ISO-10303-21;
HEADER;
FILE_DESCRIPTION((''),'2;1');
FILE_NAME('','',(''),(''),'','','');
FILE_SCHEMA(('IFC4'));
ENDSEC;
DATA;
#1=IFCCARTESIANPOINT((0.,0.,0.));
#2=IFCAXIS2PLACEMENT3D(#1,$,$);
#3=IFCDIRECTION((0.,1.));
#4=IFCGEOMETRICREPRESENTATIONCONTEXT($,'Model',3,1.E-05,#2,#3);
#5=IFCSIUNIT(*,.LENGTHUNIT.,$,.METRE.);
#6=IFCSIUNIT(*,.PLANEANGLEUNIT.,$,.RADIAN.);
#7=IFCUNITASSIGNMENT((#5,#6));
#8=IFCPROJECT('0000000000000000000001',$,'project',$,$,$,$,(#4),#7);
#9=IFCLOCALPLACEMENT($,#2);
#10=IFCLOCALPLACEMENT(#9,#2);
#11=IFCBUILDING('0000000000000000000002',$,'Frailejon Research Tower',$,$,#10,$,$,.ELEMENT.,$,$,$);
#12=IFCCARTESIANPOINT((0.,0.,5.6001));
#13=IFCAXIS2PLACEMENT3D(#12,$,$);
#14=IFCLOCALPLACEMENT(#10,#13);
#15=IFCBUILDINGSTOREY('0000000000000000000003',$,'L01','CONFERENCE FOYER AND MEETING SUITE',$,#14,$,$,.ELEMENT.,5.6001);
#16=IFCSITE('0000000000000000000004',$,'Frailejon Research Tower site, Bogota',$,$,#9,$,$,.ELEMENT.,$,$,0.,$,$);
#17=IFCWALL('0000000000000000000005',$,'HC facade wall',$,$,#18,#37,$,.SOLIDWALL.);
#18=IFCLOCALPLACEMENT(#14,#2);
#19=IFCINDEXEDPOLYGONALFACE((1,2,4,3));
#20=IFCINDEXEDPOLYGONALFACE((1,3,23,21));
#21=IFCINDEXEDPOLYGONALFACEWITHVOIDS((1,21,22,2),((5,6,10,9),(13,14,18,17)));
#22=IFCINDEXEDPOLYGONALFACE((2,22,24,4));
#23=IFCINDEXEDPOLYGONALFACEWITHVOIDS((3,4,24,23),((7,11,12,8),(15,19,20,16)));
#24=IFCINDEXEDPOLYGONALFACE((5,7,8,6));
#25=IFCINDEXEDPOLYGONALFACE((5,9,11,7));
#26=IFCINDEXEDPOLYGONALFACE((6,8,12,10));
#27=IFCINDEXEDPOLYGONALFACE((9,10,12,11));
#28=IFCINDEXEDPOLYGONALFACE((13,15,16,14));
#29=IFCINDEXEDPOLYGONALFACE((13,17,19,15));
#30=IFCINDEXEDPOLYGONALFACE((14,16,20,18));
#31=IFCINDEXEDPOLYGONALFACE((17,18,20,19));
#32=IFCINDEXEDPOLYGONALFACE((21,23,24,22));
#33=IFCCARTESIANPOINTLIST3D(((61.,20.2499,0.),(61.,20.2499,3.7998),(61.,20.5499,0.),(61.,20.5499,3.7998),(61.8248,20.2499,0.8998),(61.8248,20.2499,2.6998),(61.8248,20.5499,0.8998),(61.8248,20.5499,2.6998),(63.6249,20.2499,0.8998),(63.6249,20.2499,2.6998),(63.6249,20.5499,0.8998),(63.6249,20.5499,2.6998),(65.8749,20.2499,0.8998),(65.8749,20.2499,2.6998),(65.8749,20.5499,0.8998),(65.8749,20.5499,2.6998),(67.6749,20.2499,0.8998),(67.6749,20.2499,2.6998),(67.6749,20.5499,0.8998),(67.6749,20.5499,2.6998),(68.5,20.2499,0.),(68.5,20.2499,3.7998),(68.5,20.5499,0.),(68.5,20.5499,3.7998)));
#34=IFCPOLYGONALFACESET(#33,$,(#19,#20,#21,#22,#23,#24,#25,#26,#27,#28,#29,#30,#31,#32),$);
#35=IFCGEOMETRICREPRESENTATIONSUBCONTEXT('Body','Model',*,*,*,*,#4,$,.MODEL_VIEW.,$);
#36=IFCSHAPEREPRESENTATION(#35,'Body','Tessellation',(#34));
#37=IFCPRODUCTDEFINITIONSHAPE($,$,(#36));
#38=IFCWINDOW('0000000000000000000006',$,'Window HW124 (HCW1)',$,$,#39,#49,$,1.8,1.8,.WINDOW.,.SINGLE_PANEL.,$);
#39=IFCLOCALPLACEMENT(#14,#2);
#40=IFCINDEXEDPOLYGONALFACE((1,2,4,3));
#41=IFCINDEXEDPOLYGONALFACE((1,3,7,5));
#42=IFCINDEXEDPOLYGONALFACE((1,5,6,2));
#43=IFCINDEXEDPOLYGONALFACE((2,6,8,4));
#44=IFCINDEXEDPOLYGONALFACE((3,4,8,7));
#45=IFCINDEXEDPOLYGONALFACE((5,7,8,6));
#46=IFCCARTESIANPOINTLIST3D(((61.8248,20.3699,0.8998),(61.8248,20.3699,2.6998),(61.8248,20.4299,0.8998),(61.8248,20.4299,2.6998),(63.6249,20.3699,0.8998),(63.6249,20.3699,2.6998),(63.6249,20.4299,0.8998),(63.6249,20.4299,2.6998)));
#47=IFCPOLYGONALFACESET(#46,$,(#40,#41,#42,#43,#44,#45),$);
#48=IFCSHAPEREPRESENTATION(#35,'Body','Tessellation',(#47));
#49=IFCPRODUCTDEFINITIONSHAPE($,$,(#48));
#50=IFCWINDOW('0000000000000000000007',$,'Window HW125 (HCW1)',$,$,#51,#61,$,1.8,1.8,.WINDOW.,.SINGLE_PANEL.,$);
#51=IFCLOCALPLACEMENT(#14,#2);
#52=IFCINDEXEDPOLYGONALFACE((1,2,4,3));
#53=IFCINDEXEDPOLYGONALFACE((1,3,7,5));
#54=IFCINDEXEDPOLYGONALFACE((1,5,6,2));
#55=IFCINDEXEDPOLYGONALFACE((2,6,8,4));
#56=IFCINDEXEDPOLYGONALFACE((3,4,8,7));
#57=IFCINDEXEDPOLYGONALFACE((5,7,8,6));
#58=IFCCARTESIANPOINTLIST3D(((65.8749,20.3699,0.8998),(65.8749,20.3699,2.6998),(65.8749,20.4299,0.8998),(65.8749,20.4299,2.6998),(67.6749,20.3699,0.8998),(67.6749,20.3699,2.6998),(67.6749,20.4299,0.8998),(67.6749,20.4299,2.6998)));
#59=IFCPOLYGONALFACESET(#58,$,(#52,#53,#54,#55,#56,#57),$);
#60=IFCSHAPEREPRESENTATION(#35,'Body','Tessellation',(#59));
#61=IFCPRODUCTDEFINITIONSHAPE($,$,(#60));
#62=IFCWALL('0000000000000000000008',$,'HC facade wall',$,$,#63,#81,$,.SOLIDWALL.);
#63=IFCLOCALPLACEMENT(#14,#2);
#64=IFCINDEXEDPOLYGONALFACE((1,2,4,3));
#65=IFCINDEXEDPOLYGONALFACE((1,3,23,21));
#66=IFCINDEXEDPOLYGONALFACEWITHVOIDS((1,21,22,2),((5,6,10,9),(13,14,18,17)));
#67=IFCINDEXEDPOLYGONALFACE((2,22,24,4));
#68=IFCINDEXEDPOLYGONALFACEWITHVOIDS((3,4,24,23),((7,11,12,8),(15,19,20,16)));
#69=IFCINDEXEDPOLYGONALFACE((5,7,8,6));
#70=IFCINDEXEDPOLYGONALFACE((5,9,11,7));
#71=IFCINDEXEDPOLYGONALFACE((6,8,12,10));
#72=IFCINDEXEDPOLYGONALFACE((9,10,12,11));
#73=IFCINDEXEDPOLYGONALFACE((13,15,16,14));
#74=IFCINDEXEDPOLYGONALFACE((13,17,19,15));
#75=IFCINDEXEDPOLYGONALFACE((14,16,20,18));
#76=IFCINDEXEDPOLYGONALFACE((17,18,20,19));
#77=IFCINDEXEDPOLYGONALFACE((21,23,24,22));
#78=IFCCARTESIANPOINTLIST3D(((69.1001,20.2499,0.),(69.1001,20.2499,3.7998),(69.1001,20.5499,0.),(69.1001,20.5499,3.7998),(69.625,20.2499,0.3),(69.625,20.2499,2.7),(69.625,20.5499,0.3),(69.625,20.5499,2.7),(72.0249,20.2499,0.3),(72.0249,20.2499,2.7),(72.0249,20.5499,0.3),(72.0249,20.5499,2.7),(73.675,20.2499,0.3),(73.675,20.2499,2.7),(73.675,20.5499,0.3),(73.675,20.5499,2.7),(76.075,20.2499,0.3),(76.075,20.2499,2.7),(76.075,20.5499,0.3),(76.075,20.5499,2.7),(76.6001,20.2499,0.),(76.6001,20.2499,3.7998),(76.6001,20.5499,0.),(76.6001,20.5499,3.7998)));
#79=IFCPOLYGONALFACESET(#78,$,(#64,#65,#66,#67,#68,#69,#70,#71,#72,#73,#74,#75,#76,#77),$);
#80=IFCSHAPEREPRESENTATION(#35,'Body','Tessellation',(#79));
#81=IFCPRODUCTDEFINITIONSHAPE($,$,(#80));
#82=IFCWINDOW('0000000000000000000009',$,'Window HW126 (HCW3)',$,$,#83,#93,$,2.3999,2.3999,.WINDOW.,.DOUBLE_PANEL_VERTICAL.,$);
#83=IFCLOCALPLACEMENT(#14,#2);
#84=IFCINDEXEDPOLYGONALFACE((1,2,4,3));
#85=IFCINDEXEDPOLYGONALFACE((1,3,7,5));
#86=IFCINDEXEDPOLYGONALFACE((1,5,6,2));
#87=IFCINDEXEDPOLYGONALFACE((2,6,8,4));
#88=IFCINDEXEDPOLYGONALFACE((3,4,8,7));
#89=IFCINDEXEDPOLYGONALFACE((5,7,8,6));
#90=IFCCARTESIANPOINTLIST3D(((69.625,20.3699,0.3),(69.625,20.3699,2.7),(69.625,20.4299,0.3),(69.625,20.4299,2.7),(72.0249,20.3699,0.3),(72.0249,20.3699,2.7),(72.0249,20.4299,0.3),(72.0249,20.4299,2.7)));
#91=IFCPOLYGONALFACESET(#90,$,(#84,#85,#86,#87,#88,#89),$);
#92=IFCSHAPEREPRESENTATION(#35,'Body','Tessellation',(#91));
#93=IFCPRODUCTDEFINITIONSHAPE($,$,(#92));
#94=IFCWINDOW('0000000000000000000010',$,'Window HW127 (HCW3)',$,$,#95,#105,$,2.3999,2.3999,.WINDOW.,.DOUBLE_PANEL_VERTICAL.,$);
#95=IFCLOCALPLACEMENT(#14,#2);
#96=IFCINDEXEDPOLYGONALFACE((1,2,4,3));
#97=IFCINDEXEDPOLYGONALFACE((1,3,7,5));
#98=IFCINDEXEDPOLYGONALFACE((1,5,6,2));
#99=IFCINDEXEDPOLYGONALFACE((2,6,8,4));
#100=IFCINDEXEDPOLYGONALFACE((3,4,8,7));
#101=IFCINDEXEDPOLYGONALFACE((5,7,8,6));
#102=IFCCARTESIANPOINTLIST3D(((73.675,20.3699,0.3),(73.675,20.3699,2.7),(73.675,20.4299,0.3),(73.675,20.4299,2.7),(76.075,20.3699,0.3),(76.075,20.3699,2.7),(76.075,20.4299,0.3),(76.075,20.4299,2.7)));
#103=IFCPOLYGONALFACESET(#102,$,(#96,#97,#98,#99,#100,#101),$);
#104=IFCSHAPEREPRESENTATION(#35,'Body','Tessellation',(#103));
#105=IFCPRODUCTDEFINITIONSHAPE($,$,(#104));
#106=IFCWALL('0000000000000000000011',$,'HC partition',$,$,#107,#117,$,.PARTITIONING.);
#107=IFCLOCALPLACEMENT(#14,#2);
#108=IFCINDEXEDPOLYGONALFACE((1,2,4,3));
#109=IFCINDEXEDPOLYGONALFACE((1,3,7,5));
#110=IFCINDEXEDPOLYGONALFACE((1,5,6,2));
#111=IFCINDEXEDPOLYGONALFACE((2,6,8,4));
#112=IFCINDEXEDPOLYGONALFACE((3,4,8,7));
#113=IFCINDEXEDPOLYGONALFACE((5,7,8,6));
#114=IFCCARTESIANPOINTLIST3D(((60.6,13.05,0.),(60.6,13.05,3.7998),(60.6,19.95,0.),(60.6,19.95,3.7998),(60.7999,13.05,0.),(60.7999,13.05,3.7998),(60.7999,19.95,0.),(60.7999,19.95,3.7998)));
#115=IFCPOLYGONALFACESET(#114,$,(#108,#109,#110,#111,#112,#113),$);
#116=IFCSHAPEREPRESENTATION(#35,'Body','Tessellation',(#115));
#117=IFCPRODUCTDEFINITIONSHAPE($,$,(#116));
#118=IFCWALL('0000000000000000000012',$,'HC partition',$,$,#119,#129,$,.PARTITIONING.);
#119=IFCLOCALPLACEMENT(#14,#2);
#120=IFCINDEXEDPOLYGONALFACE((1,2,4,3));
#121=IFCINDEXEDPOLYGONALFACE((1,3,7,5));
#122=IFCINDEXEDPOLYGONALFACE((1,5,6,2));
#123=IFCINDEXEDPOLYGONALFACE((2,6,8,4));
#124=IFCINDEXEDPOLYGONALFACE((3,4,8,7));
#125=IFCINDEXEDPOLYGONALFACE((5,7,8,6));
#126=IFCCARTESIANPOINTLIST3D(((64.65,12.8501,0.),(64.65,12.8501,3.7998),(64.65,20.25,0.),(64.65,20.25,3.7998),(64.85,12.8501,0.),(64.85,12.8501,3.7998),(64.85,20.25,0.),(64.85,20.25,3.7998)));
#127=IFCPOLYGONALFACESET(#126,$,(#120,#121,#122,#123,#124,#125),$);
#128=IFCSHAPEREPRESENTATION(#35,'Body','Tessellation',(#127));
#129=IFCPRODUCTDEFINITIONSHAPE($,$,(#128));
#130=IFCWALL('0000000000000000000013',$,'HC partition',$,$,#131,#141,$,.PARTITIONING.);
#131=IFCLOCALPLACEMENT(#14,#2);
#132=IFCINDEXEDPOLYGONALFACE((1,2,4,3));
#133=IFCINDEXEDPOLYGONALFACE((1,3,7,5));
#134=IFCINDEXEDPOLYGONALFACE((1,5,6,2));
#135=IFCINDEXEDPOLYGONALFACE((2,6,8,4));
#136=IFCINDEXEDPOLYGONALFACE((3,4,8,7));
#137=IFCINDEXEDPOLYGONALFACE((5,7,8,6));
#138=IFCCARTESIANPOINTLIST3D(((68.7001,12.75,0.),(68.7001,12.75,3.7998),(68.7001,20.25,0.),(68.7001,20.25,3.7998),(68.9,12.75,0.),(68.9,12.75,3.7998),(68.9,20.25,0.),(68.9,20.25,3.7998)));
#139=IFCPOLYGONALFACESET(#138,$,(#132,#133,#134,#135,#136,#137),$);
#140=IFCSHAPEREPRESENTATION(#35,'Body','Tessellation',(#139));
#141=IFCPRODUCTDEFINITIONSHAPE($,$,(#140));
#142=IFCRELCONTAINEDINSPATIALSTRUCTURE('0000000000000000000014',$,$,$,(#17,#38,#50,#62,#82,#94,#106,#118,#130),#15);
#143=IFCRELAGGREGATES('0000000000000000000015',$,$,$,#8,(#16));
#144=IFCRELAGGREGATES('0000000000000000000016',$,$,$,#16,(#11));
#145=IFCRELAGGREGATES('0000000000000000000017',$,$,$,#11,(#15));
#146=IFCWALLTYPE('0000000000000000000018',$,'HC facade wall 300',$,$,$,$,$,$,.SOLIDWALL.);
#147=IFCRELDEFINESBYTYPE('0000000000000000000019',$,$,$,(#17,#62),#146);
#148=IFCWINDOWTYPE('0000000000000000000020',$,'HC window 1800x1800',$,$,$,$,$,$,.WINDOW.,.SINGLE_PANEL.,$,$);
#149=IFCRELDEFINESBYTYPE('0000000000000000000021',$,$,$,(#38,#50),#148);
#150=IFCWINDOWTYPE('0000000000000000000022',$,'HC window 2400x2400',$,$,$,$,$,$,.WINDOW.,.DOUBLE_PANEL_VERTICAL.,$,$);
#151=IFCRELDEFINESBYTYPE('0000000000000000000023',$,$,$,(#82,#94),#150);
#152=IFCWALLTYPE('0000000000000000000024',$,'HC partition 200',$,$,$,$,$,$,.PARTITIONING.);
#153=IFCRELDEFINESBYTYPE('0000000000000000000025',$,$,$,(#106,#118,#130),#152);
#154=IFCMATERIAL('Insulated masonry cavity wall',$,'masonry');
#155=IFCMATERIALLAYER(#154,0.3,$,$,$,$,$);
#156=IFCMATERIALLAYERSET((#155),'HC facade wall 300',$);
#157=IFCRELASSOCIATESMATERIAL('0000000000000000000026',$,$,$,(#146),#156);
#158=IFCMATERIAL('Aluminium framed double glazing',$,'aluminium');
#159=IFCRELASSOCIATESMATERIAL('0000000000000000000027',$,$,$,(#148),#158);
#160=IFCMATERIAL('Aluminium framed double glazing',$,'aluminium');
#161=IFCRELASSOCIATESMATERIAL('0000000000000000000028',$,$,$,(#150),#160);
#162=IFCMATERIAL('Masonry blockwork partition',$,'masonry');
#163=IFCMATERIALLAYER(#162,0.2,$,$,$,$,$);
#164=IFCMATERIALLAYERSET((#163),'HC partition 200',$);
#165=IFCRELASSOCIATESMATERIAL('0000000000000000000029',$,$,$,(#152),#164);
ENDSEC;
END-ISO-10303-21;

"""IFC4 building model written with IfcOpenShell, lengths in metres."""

from ifc_helpers import new_model, si_unit, direction, frame, frame_2d, origin, place, context, subcontext, project, spatial, rectangle, extrude, material, layer, layer_set, type_object, element, fill, save


model = new_model("IFC4")

# Units and contexts
model_context = context("Model", 3, precision=1e-05, world=origin(), true_north=direction((0.0, 1.0)))
body_context = subcontext(model_context, "Body", "Model", "MODEL_VIEW")
ifc_project = project(units=[si_unit("LENGTHUNIT", "METRE"), si_unit("PLANEANGLEUNIT", "RADIAN")], contexts=[model_context])

# Site, building, storey
site_placement = place(None, origin())
site = spatial("IfcSite", under=ifc_project, at=site_placement, Name="Frailejon Research Tower site, Bogota", CompositionType="ELEMENT", RefElevation=0.0)
building_placement = place(site_placement, origin())
building = spatial("IfcBuilding", under=site, at=building_placement, Name="Frailejon Research Tower", CompositionType="ELEMENT")
storey_placement = place(building_placement, frame((0.0, 0.0, 5.6001)))
storey = spatial("IfcBuildingStorey", under=building, at=storey_placement, Name="L01", Description="CONFERENCE FOYER AND MEETING SUITE", CompositionType="ELEMENT", Elevation=5.6001)

# Walls, openings, windows
ifc_material_1 = material(Name="Insulated masonry cavity wall", Category="masonry")
ifc_layer_1 = layer(ifc_material_1, 0.3)
ifc_layer_set_1 = layer_set([ifc_layer_1], Name="HC facade wall 300")
wall_type_1 = type_object("IfcWallType", Name="HC facade wall 300", PredefinedType="SOLIDWALL", material=ifc_layer_set_1)
wall_1_placement = place(storey_placement, frame((61.0, 20.3999, 0.0), z_axis=(0.0, 0.0, 1.0), x_axis=(1.0, 0.0, 0.0)))
wall_1 = element("IfcWall", 1, at=wall_1_placement, inside=storey, type_object=wall_type_1, Name="HC facade wall", PredefinedType="SOLIDWALL", context=body_context, shape_type="SweptSolid", body=[
    extrude(rectangle(XDim=7.5, YDim=0.3, at=frame_2d((3.75, 0.0))), origin(), (0.0, 0.0, 1.0), 3.7998),
])
opening_1_placement = place(wall_1_placement, frame((0.825, 0.0, 0.8999)))
opening_1 = element("IfcOpeningElement", 2, at=opening_1_placement, cuts=wall_1, PredefinedType="OPENING", context=body_context, shape_type="SweptSolid", body=[
    extrude(rectangle(XDim=1.8, YDim=1.8, at=frame_2d((0.8999, 0.8999))), frame((0.0, 0.1599, 0.0), z_axis=(0.0, -1.0, 0.0), x_axis=(1.0, 0.0, 0.0)), (0.0, 0.0, 1.0), 0.3201),
])
opening_2_placement = place(wall_1_placement, frame((4.875, 0.0, 0.8999)))
opening_2 = element("IfcOpeningElement", 3, at=opening_2_placement, cuts=wall_1, PredefinedType="OPENING", context=body_context, shape_type="SweptSolid", body=[
    extrude(rectangle(XDim=1.8, YDim=1.8, at=frame_2d((0.8999, 0.8999))), frame((0.0, 0.1599, 0.0), z_axis=(0.0, -1.0, 0.0), x_axis=(1.0, 0.0, 0.0)), (0.0, 0.0, 1.0), 0.3201),
])
ifc_material_2 = material(Name="Aluminium framed double glazing", Category="aluminium")
window_type_1 = type_object("IfcWindowType", Name="HC window 1800x1800", PartitioningType="SINGLE_PANEL", PredefinedType="WINDOW", material=ifc_material_2)
window_1_placement = place(opening_1_placement, origin())
window_1 = element("IfcWindow", 4, at=window_1_placement, inside=storey, type_object=window_type_1, Name="Window HW124 (HCW1)", OverallHeight=1.8, OverallWidth=1.8, PartitioningType="SINGLE_PANEL", PredefinedType="WINDOW", context=body_context, shape_type="SweptSolid", body=[
    extrude(rectangle(XDim=1.8, YDim=1.8, at=frame_2d((0.8999, 0.8999))), frame((0.0, 0.03, 0.0), z_axis=(0.0, -1.0, 0.0), x_axis=(1.0, 0.0, 0.0)), (0.0, 0.0, 1.0), 0.0601),
])
fill(opening_1, window_1)
window_2_placement = place(opening_2_placement, origin())
window_2 = element("IfcWindow", 5, at=window_2_placement, inside=storey, type_object=window_type_1, Name="Window HW125 (HCW1)", OverallHeight=1.8, OverallWidth=1.8, PartitioningType="SINGLE_PANEL", PredefinedType="WINDOW", context=body_context, shape_type="SweptSolid", body=[
    extrude(rectangle(XDim=1.8, YDim=1.8, at=frame_2d((0.8999, 0.8999))), frame((0.0, 0.03, 0.0), z_axis=(0.0, -1.0, 0.0), x_axis=(1.0, 0.0, 0.0)), (0.0, 0.0, 1.0), 0.0601),
])
fill(opening_2, window_2)
wall_2_placement = place(storey_placement, frame((69.1001, 20.3999, 0.0), z_axis=(0.0, 0.0, 1.0), x_axis=(1.0, 0.0, 0.0)))
wall_2 = element("IfcWall", 6, at=wall_2_placement, inside=storey, type_object=wall_type_1, Name="HC facade wall", PredefinedType="SOLIDWALL", context=body_context, shape_type="SweptSolid", body=[
    extrude(rectangle(XDim=7.5, YDim=0.3, at=frame_2d((3.75, 0.0))), origin(), (0.0, 0.0, 1.0), 3.7998),
])
opening_3_placement = place(wall_2_placement, frame((0.5249, 0.0, 0.3)))
opening_3 = element("IfcOpeningElement", 7, at=opening_3_placement, cuts=wall_2, PredefinedType="OPENING", context=body_context, shape_type="SweptSolid", body=[
    extrude(rectangle(XDim=2.3999, YDim=2.3999, at=frame_2d((1.2, 1.2))), frame((0.0, 0.1599, 0.0), z_axis=(0.0, -1.0, 0.0), x_axis=(1.0, 0.0, 0.0)), (0.0, 0.0, 1.0), 0.3201),
])
opening_4_placement = place(wall_2_placement, frame((4.575, 0.0, 0.3)))
opening_4 = element("IfcOpeningElement", 8, at=opening_4_placement, cuts=wall_2, PredefinedType="OPENING", context=body_context, shape_type="SweptSolid", body=[
    extrude(rectangle(XDim=2.3999, YDim=2.3999, at=frame_2d((1.2, 1.2))), frame((0.0, 0.1599, 0.0), z_axis=(0.0, -1.0, 0.0), x_axis=(1.0, 0.0, 0.0)), (0.0, 0.0, 1.0), 0.3201),
])
ifc_material_3 = material(Name="Aluminium framed double glazing", Category="aluminium")
window_type_2 = type_object("IfcWindowType", Name="HC window 2400x2400", PartitioningType="DOUBLE_PANEL_VERTICAL", PredefinedType="WINDOW", material=ifc_material_3)
window_3_placement = place(opening_3_placement, origin())
window_3 = element("IfcWindow", 9, at=window_3_placement, inside=storey, type_object=window_type_2, Name="Window HW126 (HCW3)", OverallHeight=2.3999, OverallWidth=2.3999, PartitioningType="DOUBLE_PANEL_VERTICAL", PredefinedType="WINDOW", context=body_context, shape_type="SweptSolid", body=[
    extrude(rectangle(XDim=2.3999, YDim=2.3999, at=frame_2d((1.2, 1.2))), frame((0.0, 0.03, 0.0), z_axis=(0.0, -1.0, 0.0), x_axis=(1.0, 0.0, 0.0)), (0.0, 0.0, 1.0), 0.0601),
])
fill(opening_3, window_3)
window_4_placement = place(opening_4_placement, origin())
window_4 = element("IfcWindow", 10, at=window_4_placement, inside=storey, type_object=window_type_2, Name="Window HW127 (HCW3)", OverallHeight=2.3999, OverallWidth=2.3999, PartitioningType="DOUBLE_PANEL_VERTICAL", PredefinedType="WINDOW", context=body_context, shape_type="SweptSolid", body=[
    extrude(rectangle(XDim=2.3999, YDim=2.3999, at=frame_2d((1.2, 1.2))), frame((0.0, 0.03, 0.0), z_axis=(0.0, -1.0, 0.0), x_axis=(1.0, 0.0, 0.0)), (0.0, 0.0, 1.0), 0.0601),
])
fill(opening_4, window_4)

# Walls
ifc_material_4 = material(Name="Masonry blockwork partition", Category="masonry")
ifc_layer_2 = layer(ifc_material_4, 0.2)
ifc_layer_set_2 = layer_set([ifc_layer_2], Name="HC partition 200")
wall_type_2 = type_object("IfcWallType", Name="HC partition 200", PredefinedType="PARTITIONING", material=ifc_layer_set_2)
wall_3_placement = place(storey_placement, frame((60.7, 13.05, 0.0), z_axis=(0.0, 0.0, 1.0), x_axis=(0.0, 1.0, 0.0)))
element("IfcWall", 11, at=wall_3_placement, inside=storey, type_object=wall_type_2, Name="HC partition", PredefinedType="PARTITIONING", context=body_context, shape_type="SweptSolid", body=[
    extrude(rectangle(XDim=6.8999, YDim=0.2, at=frame_2d((3.45, 0.0))), origin(), (0.0, 0.0, 1.0), 3.7998),
])
wall_4_placement = place(storey_placement, frame((64.75, 12.8501, 0.0), z_axis=(0.0, 0.0, 1.0), x_axis=(0.0, 1.0, 0.0)))
element("IfcWall", 12, at=wall_4_placement, inside=storey, type_object=wall_type_2, Name="HC partition", PredefinedType="PARTITIONING", context=body_context, shape_type="SweptSolid", body=[
    extrude(rectangle(XDim=7.3999, YDim=0.2, at=frame_2d((3.7, 0.0))), origin(), (0.0, 0.0, 1.0), 3.7998),
])
wall_5_placement = place(storey_placement, frame((68.8, 12.75, 0.0), z_axis=(0.0, 0.0, 1.0), x_axis=(0.0, 1.0, 0.0)))
element("IfcWall", 13, at=wall_5_placement, inside=storey, type_object=wall_type_2, Name="HC partition", PredefinedType="PARTITIONING", context=body_context, shape_type="SweptSolid", body=[
    extrude(rectangle(XDim=7.5, YDim=0.2, at=frame_2d((3.75, 0.0))), origin(), (0.0, 0.0, 1.0), 3.7998),
])

save(model, "model.ifc")
